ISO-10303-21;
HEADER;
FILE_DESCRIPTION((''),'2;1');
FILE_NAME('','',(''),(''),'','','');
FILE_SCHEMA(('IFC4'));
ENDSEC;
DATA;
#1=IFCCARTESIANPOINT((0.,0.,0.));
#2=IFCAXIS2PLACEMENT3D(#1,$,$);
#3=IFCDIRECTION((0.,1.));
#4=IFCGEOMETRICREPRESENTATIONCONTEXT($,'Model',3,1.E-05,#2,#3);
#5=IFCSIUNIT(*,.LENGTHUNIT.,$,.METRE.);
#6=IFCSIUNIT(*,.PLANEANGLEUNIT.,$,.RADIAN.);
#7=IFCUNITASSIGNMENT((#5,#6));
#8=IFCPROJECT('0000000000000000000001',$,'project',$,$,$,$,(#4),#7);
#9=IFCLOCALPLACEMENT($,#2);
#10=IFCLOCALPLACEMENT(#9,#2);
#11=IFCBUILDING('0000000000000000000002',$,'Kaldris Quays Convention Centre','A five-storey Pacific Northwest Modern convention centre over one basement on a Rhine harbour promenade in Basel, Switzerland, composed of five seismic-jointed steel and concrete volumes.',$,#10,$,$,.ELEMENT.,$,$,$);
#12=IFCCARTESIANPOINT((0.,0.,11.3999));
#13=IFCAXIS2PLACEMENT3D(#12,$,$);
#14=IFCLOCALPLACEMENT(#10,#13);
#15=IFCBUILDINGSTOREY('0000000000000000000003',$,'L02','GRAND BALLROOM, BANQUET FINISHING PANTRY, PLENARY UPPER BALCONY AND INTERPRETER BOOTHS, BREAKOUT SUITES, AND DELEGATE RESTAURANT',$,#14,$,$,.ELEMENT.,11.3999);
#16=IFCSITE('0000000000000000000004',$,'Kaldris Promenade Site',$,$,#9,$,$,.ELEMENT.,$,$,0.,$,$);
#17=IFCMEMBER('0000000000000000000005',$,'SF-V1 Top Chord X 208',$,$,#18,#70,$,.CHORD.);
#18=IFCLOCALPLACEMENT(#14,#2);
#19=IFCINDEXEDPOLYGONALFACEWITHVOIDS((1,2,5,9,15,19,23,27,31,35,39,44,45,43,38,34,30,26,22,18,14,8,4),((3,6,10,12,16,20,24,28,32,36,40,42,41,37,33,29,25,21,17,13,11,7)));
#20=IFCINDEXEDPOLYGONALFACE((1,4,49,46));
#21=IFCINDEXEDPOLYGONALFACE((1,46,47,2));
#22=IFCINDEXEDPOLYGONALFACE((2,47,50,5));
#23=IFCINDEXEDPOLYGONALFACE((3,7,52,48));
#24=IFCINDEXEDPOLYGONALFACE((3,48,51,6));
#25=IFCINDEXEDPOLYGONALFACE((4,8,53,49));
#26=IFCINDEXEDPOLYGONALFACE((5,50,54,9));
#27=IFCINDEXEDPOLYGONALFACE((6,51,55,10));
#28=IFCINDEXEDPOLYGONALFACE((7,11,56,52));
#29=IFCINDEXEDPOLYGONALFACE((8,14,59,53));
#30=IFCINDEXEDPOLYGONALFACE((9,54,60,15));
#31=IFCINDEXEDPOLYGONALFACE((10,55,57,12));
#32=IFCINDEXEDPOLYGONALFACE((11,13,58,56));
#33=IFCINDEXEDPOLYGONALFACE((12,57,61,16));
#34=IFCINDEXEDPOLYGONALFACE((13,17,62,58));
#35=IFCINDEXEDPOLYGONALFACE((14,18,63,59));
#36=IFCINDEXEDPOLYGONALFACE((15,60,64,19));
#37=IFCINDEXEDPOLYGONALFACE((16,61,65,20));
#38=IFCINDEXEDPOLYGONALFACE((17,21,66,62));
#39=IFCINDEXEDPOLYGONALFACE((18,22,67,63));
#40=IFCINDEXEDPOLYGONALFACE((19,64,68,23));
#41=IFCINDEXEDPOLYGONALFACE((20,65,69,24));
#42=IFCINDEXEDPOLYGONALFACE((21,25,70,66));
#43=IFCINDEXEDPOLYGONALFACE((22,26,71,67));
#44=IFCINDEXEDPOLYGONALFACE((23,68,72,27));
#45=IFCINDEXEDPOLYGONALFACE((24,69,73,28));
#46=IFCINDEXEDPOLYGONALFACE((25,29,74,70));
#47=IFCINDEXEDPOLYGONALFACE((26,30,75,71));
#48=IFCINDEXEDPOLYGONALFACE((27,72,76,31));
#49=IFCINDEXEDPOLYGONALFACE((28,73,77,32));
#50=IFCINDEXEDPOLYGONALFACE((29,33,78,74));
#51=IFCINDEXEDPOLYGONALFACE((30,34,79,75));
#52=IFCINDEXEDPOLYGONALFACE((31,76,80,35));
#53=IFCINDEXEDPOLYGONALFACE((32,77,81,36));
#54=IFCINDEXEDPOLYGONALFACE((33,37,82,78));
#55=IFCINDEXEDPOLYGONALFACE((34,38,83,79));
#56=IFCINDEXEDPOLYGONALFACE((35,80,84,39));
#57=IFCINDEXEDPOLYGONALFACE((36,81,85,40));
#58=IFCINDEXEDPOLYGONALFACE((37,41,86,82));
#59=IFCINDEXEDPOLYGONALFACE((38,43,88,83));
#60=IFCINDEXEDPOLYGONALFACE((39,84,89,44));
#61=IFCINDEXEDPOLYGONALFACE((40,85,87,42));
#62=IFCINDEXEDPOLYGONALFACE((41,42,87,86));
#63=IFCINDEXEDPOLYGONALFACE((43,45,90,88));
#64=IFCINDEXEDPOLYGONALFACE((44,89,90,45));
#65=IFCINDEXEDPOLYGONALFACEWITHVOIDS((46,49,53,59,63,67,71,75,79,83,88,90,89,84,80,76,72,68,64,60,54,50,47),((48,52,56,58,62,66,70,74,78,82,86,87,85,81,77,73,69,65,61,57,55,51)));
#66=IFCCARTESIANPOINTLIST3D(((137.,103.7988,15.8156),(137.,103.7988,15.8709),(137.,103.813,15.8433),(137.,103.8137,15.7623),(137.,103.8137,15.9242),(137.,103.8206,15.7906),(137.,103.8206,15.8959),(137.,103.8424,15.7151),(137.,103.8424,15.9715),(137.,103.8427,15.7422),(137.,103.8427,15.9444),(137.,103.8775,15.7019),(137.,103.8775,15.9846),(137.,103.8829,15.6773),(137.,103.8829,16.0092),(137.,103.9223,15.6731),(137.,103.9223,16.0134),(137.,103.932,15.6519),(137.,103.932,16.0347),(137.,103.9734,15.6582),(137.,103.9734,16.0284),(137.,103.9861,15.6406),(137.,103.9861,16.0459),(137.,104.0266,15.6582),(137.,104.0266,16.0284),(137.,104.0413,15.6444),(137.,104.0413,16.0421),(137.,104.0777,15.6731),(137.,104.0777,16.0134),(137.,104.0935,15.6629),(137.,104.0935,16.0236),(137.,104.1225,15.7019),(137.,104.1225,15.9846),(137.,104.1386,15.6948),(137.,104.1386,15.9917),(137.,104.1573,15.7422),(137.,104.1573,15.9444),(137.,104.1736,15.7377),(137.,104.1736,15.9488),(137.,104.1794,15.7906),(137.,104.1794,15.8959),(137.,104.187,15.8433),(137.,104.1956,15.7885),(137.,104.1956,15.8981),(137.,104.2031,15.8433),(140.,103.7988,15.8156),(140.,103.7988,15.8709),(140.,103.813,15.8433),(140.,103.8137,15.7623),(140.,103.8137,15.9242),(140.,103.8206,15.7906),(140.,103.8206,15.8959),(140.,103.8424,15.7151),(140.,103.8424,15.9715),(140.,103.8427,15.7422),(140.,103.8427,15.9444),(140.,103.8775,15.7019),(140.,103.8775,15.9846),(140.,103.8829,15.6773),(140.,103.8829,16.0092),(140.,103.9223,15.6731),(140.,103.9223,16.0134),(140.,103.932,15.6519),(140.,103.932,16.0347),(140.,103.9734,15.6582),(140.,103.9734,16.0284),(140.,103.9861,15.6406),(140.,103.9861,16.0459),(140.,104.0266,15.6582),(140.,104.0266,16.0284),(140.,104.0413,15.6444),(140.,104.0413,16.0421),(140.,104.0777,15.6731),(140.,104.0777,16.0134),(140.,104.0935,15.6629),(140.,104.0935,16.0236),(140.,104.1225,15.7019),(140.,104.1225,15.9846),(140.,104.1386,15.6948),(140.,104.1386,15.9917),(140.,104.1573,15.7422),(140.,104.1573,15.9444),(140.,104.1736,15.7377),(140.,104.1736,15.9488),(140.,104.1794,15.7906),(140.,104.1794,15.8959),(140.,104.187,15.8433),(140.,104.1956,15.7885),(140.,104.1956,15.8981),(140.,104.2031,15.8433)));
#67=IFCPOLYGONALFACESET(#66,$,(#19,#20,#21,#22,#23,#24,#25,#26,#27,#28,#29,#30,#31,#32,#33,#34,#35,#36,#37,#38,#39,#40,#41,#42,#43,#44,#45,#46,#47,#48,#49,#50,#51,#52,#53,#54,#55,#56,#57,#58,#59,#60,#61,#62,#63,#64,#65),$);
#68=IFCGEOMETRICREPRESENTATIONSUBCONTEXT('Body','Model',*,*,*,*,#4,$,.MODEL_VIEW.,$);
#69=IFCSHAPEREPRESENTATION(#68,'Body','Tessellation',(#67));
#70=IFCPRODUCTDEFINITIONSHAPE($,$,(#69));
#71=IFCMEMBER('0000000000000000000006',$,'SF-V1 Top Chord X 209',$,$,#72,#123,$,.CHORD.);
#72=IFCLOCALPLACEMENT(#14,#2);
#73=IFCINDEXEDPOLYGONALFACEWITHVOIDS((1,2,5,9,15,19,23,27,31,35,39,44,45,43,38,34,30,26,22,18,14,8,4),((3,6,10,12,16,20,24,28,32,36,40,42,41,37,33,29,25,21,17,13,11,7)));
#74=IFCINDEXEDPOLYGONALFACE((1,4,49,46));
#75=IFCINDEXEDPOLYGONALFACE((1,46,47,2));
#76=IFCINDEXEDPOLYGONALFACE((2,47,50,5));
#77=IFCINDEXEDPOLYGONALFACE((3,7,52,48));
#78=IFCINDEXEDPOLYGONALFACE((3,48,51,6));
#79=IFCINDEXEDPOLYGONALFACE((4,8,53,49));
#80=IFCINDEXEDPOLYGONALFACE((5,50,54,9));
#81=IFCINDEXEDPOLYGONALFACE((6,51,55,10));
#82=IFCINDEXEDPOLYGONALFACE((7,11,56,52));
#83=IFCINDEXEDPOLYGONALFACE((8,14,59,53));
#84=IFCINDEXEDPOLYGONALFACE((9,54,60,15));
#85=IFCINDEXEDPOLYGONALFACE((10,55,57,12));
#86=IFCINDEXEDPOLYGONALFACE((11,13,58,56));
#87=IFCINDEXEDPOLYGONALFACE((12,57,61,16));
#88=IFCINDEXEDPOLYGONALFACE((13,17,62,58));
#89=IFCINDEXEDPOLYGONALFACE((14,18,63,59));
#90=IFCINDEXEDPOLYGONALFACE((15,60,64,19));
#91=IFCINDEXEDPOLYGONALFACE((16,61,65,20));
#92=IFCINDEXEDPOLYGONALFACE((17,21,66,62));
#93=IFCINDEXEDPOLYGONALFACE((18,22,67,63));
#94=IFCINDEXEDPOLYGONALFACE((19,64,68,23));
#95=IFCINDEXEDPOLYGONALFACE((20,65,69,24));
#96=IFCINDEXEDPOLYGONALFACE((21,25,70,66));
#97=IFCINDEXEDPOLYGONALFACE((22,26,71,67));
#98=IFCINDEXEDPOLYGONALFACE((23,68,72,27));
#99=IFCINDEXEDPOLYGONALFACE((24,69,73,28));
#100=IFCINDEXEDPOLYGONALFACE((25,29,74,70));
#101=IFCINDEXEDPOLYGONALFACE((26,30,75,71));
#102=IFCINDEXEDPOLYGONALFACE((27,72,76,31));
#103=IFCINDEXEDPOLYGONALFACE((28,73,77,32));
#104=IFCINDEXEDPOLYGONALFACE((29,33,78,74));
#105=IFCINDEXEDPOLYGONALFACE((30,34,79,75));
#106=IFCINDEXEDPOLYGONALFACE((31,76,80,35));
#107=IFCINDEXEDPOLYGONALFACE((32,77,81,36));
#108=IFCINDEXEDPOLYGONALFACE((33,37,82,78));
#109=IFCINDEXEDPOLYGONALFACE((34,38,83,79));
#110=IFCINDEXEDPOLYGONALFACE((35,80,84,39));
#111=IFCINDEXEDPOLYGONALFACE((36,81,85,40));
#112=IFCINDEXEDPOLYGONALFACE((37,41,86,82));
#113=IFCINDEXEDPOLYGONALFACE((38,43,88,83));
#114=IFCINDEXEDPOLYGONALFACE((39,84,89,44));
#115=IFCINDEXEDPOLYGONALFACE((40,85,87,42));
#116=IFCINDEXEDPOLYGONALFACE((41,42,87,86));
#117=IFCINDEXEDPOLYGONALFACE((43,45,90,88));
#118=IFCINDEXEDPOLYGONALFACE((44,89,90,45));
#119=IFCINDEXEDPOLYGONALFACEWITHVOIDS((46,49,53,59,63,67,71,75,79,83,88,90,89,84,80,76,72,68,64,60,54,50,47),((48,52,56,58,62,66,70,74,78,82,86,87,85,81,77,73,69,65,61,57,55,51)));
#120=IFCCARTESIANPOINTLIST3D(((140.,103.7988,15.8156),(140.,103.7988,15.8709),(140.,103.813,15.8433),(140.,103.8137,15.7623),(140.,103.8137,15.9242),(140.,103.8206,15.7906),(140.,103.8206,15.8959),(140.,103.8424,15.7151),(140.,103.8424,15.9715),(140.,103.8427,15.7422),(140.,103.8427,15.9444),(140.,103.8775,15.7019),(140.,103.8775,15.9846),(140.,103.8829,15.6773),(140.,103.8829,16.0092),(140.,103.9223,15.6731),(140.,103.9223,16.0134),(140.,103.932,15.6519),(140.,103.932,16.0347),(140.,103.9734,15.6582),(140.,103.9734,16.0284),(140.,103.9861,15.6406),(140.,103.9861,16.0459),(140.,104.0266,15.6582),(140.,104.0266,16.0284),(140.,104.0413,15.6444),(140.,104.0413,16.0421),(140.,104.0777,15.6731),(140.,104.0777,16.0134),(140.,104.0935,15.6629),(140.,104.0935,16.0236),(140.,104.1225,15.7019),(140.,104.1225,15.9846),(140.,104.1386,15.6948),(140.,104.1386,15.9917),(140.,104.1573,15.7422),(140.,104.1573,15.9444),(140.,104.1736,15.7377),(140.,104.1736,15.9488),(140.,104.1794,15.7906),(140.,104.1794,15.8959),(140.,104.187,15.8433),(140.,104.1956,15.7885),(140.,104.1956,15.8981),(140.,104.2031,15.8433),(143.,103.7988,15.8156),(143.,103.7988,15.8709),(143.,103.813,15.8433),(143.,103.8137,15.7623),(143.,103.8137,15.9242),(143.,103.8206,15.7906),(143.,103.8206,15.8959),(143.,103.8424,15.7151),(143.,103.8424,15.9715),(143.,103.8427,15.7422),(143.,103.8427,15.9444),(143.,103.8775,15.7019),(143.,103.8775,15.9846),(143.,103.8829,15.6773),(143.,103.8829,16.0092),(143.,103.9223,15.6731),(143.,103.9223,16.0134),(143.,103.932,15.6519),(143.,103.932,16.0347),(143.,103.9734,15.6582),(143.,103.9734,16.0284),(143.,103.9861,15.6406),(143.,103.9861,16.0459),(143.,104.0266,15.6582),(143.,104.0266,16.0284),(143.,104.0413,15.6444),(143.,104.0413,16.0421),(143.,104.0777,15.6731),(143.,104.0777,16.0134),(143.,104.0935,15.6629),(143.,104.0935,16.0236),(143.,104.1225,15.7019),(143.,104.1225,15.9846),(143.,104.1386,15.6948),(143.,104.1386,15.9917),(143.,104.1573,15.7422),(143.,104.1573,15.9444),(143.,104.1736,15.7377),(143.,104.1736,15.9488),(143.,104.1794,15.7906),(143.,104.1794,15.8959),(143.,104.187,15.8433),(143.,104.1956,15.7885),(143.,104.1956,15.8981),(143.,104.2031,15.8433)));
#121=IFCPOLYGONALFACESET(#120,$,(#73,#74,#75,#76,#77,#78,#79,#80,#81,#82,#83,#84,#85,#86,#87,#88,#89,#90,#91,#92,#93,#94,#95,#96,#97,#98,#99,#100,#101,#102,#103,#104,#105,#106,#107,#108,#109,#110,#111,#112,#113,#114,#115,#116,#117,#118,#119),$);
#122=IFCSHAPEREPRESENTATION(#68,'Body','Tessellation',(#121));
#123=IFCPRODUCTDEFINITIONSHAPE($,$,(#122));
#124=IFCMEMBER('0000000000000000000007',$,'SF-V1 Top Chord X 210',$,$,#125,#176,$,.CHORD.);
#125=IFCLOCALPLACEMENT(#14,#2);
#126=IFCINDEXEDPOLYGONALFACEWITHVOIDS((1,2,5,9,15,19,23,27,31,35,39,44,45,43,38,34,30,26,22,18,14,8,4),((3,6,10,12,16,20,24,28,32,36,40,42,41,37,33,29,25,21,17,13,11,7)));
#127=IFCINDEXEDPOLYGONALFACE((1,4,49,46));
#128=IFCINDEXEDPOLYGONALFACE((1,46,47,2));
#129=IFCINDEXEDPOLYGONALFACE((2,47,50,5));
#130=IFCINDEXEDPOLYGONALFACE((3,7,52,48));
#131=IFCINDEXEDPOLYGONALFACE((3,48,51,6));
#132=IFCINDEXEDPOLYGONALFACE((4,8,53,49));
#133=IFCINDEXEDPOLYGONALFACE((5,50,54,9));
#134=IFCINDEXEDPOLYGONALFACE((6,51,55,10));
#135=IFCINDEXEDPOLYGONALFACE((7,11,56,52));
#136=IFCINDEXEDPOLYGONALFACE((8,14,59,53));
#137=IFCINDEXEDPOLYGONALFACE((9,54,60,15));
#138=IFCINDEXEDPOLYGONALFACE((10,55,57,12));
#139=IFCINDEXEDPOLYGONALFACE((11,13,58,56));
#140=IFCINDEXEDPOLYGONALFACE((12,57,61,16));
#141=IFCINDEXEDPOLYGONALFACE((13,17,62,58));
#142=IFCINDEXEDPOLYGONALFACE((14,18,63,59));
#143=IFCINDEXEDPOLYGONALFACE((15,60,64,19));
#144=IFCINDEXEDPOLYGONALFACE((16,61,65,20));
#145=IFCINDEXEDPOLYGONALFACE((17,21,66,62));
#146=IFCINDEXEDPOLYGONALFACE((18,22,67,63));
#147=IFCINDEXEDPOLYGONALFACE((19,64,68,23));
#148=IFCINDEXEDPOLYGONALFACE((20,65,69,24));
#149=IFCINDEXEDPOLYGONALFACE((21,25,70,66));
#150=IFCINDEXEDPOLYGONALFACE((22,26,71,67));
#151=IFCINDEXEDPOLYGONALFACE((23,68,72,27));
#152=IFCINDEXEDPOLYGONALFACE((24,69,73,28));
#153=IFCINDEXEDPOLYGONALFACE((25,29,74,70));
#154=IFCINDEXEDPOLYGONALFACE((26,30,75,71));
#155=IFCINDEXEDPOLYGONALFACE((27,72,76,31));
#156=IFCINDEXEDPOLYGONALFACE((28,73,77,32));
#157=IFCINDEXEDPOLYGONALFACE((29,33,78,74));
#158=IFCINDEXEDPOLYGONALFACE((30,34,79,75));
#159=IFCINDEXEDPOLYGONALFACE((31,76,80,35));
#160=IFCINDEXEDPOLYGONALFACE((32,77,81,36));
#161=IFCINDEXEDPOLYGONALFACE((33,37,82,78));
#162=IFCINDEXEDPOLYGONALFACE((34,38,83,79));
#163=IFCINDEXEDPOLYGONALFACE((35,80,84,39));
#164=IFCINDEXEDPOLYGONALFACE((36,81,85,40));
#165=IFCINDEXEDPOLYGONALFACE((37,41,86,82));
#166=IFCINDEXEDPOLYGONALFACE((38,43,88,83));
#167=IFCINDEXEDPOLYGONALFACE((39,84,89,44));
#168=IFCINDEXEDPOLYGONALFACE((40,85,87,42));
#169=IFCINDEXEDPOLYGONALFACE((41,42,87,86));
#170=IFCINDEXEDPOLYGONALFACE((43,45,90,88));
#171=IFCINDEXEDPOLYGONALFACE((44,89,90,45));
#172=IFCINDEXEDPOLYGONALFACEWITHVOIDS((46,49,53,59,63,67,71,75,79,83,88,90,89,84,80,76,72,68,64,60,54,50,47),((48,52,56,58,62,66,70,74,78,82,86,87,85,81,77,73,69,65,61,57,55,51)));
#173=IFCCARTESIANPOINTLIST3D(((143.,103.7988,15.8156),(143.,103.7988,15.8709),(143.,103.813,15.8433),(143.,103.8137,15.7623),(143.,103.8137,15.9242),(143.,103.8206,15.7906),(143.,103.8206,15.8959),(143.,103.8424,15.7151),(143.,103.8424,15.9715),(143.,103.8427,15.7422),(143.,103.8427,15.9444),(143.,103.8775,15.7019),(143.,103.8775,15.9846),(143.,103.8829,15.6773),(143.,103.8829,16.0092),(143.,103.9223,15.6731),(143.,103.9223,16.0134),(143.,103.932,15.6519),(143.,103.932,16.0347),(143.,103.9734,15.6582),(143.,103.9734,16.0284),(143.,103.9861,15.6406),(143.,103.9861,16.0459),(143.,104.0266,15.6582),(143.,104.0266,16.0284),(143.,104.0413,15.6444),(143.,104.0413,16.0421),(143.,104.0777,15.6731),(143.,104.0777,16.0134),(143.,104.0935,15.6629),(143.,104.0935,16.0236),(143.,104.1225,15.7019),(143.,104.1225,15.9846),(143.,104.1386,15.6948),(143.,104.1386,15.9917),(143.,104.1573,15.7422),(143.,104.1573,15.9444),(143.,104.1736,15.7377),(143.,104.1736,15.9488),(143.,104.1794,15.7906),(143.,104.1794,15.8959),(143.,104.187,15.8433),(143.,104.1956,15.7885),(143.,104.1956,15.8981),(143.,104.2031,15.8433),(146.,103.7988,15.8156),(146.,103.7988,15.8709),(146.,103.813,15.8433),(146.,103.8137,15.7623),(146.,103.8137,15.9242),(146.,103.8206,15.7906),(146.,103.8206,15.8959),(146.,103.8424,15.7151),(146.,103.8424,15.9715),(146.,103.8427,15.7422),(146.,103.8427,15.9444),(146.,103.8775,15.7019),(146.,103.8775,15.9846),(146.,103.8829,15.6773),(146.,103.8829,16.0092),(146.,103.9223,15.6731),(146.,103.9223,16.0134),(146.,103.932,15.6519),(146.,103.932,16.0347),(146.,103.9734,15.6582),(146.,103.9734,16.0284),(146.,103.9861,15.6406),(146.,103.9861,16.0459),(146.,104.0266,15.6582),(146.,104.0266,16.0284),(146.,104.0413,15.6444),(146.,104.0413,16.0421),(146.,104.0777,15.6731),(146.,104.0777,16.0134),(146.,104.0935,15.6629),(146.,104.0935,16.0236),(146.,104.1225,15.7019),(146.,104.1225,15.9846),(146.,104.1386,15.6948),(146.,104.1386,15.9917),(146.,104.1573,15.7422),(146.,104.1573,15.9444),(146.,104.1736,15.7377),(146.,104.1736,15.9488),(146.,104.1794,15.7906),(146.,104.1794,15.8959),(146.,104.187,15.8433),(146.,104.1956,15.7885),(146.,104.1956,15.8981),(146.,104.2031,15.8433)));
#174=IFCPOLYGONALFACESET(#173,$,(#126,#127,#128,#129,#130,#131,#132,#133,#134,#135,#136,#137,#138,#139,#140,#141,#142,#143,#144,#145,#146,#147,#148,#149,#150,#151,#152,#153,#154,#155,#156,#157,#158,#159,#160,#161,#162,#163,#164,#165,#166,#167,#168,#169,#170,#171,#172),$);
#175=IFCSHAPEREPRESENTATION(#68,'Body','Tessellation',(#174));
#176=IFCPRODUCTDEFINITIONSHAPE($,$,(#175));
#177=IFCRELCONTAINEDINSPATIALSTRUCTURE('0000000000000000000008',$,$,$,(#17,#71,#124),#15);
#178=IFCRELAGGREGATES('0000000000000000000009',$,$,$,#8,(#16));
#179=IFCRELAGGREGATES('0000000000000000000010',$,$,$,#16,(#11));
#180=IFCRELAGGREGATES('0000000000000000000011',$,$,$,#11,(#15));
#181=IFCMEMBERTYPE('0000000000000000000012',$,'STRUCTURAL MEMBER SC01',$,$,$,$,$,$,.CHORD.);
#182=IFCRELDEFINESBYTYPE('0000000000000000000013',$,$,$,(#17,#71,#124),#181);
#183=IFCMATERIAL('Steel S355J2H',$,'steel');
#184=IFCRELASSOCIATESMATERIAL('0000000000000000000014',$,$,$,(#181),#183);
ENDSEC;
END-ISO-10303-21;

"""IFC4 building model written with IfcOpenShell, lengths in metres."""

from ifc_helpers import new_model, si_unit, direction, frame, origin, origin_2d, place, context, subcontext, project, spatial, hollow_circle, extrude, material, material_profile, profile_set, type_object, element, save


model = new_model("IFC4")

# Units and contexts
model_context = context("Model", 3, precision=1e-05, world=origin(), true_north=direction((0.0, 1.0)))
body_context = subcontext(model_context, "Body", "Model", "MODEL_VIEW")
ifc_project = project(units=[si_unit("LENGTHUNIT", "METRE"), si_unit("PLANEANGLEUNIT", "RADIAN")], contexts=[model_context])

# Site, building, storey
site_placement = place(None, origin())
site = spatial("IfcSite", under=ifc_project, at=site_placement, Name="Kaldris Promenade Site", CompositionType="ELEMENT", RefElevation=0.0)
building_placement = place(site_placement, origin())
building = spatial("IfcBuilding", under=site, at=building_placement, Name="Kaldris Quays Convention Centre", Description="A five-storey Pacific Northwest Modern convention centre over one basement on a Rhine harbour promenade in Basel, Switzerland, composed of five seismic-jointed steel and concrete volumes.", CompositionType="ELEMENT")
storey_placement = place(building_placement, frame((0.0, 0.0, 11.3999)))
storey = spatial("IfcBuildingStorey", under=building, at=storey_placement, Name="L02", Description="GRAND BALLROOM, BANQUET FINISHING PANTRY, PLENARY UPPER BALCONY AND INTERPRETER BOOTHS, BREAKOUT SUITES, AND DELEGATE RESTAURANT", CompositionType="ELEMENT", Elevation=11.3999)

# Members
ifc_material_1 = material(Name="Steel S355J2H", Category="steel")
ifc_material_profile_1 = material_profile(ifc_material_1, hollow_circle(Radius=0.2031, WallThickness=0.0161, at=origin_2d()), Name="CHS 406.4x16")
ifc_profile_set_1 = profile_set([ifc_material_profile_1], Name="Steel S355J2H")
member_type_1 = type_object("IfcMemberType", Name="STRUCTURAL MEMBER SC01", PredefinedType="CHORD", material=ifc_profile_set_1)
for number, where, z_axis, x_axis, name in (
    (1, (137.0, 104.0, 15.8433), (1.0, 0.0, 0.0), (0.0, 1.0, 0.0), "SF-V1 Top Chord X 208"),
    (2, (140.0, 104.0, 15.8433), (1.0, 0.0, 0.0), (0.0, 1.0, 0.0), "SF-V1 Top Chord X 209"),
    (3, (143.0, 104.0, 15.8433), (1.0, 0.0, 0.0), (0.0, 1.0, 0.0), "SF-V1 Top Chord X 210"),
):
    element("IfcMember", number, at=place(storey_placement, frame(where, z_axis=z_axis, x_axis=x_axis)), inside=storey, type_object=member_type_1, Name=name, PredefinedType="CHORD", context=body_context, shape_type="SweptSolid", body=[
        extrude(hollow_circle(Radius=0.2031, WallThickness=0.0161, at=origin_2d()), origin(), (0.0, 0.0, 1.0), 3.0),
    ])

save(model, "model.ifc")
